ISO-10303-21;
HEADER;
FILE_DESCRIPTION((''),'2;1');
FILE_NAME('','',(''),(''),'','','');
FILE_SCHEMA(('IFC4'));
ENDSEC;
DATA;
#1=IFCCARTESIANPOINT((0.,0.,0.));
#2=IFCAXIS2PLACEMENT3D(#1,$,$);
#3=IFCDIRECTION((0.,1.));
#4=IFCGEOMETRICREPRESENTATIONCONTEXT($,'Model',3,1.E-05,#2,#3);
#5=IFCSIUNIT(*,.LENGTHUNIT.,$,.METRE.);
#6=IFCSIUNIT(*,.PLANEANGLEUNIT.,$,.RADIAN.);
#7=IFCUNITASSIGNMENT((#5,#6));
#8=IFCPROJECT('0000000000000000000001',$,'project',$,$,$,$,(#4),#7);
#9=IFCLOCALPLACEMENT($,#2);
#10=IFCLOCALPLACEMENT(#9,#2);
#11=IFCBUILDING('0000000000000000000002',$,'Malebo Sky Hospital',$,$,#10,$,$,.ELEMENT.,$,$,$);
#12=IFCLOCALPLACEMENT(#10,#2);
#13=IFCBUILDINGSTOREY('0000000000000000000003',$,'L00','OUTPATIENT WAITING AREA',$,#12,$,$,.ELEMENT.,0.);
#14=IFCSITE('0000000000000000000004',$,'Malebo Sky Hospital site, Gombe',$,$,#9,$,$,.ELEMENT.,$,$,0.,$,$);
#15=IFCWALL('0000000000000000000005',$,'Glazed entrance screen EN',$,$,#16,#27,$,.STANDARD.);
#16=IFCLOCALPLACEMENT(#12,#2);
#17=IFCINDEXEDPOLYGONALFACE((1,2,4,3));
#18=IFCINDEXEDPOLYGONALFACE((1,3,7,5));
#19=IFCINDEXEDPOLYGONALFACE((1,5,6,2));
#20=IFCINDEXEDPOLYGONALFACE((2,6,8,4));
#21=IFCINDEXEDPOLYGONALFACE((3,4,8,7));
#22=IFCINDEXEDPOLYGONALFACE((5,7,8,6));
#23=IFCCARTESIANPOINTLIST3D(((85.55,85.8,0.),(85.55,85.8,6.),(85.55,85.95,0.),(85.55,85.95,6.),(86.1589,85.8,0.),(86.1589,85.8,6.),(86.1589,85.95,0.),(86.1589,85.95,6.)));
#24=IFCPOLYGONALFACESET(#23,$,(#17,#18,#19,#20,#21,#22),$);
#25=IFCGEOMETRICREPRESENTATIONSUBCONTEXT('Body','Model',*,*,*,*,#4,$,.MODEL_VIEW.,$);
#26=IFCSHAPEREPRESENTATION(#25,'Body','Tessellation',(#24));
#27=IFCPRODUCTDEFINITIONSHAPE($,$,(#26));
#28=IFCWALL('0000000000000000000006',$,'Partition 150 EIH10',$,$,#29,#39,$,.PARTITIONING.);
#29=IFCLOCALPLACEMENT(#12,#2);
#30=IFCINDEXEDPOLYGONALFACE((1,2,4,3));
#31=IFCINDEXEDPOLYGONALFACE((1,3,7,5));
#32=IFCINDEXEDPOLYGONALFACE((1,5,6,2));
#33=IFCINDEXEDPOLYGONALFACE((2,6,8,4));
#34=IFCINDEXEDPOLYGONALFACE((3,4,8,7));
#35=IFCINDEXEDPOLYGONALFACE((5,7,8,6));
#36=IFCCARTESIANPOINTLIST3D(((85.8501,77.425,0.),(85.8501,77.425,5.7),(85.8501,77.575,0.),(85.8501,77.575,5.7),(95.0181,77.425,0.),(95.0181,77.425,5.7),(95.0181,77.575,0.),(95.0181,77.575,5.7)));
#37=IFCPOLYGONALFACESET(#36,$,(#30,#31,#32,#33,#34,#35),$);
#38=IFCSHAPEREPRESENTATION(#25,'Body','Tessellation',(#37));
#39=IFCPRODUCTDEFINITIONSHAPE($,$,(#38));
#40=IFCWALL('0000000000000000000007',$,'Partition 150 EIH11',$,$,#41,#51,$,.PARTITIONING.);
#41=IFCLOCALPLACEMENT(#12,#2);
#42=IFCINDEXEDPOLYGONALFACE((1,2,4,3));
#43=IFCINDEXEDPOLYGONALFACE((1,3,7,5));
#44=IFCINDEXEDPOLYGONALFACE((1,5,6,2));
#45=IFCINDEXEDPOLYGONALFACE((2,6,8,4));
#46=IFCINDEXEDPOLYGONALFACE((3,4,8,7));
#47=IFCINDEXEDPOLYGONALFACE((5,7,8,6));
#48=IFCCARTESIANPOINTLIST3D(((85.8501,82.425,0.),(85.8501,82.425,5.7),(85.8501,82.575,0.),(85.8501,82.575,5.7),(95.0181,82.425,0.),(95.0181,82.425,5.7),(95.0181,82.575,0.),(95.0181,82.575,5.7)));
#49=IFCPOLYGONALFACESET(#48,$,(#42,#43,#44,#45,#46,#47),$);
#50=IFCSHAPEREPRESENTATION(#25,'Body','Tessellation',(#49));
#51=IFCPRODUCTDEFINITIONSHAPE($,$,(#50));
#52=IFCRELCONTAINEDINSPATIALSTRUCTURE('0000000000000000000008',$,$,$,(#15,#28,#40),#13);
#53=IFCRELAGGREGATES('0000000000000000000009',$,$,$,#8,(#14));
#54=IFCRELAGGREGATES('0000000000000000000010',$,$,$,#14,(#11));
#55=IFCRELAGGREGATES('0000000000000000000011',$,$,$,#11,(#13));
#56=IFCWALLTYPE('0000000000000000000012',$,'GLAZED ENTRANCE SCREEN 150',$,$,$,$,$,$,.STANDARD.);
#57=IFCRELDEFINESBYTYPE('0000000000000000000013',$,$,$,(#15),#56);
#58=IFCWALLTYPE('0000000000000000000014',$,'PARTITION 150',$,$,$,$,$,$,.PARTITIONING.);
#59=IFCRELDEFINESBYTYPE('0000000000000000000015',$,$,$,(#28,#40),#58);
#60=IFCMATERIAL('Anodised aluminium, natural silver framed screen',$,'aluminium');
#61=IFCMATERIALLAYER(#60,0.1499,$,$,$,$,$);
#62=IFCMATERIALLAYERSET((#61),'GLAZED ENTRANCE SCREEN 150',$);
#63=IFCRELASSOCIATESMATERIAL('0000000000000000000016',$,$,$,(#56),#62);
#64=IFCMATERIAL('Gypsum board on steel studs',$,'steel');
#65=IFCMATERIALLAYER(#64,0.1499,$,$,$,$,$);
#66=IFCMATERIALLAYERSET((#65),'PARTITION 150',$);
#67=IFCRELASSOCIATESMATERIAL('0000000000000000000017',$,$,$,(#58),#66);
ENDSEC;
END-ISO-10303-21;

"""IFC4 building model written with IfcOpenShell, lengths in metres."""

from ifc_helpers import new_model, si_unit, direction, frame, frame_2d, origin, place, context, subcontext, project, spatial, rectangle, extrude, material, layer, layer_set, type_object, element, save


model = new_model("IFC4")

# Units and contexts
model_context = context("Model", 3, precision=1e-05, world=origin(), true_north=direction((0.0, 1.0)))
body_context = subcontext(model_context, "Body", "Model", "MODEL_VIEW")
ifc_project = project(units=[si_unit("LENGTHUNIT", "METRE"), si_unit("PLANEANGLEUNIT", "RADIAN")], contexts=[model_context])

# Site, building, storey
site_placement = place(None, origin())
site = spatial("IfcSite", under=ifc_project, at=site_placement, Name="Malebo Sky Hospital site, Gombe", CompositionType="ELEMENT", RefElevation=0.0)
building_placement = place(site_placement, origin())
building = spatial("IfcBuilding", under=site, at=building_placement, Name="Malebo Sky Hospital", CompositionType="ELEMENT")
storey_placement = place(building_placement, origin())
storey = spatial("IfcBuildingStorey", under=building, at=storey_placement, Name="L00", Description="OUTPATIENT WAITING AREA", CompositionType="ELEMENT", Elevation=0.0)

# Shared definitions
ifc_material_1 = material(Name="Anodised aluminium, natural silver framed screen", Category="aluminium")
ifc_layer_1 = layer(ifc_material_1, 0.1499)
ifc_layer_set_1 = layer_set([ifc_layer_1], Name="GLAZED ENTRANCE SCREEN 150")
wall_type_1 = type_object("IfcWallType", Name="GLAZED ENTRANCE SCREEN 150", PredefinedType="STANDARD", material=ifc_layer_set_1)

# Walls
wall_1_placement = place(storey_placement, frame((86.1589, 85.875, 0.0), z_axis=(0.0, 0.0, 1.0), x_axis=(-1.0, 0.0, 0.0)))
element("IfcWall", 1, at=wall_1_placement, inside=storey, type_object=wall_type_1, Name="Glazed entrance screen EN", PredefinedType="STANDARD", context=body_context, shape_type="SweptSolid", body=[
    extrude(rectangle(XDim=0.6089, YDim=0.1499, at=frame_2d((0.3044, 0.0))), origin(), (0.0, 0.0, 1.0), 6.0),
])
ifc_material_2 = material(Name="Gypsum board on steel studs", Category="steel")
ifc_layer_2 = layer(ifc_material_2, 0.1499)
ifc_layer_set_2 = layer_set([ifc_layer_2], Name="PARTITION 150")
wall_type_2 = type_object("IfcWallType", Name="PARTITION 150", PredefinedType="PARTITIONING", material=ifc_layer_set_2)
for number, where, z_axis, x_axis, name in (
    (2, (95.0181, 77.5, 0.0), (0.0, 0.0, 1.0), (-1.0, 0.0, 0.0), "Partition 150 EIH10"),
    (3, (95.0181, 82.5, 0.0), (0.0, 0.0, 1.0), (-1.0, 0.0, 0.0), "Partition 150 EIH11"),
):
    element("IfcWall", number, at=place(storey_placement, frame(where, z_axis=z_axis, x_axis=x_axis)), inside=storey, type_object=wall_type_2, Name=name, PredefinedType="PARTITIONING", context=body_context, shape_type="SweptSolid", body=[
        extrude(rectangle(XDim=9.168, YDim=0.1499, at=frame_2d((4.584, 0.0))), origin(), (0.0, 0.0, 1.0), 5.7),
    ])

save(model, "model.ifc")
